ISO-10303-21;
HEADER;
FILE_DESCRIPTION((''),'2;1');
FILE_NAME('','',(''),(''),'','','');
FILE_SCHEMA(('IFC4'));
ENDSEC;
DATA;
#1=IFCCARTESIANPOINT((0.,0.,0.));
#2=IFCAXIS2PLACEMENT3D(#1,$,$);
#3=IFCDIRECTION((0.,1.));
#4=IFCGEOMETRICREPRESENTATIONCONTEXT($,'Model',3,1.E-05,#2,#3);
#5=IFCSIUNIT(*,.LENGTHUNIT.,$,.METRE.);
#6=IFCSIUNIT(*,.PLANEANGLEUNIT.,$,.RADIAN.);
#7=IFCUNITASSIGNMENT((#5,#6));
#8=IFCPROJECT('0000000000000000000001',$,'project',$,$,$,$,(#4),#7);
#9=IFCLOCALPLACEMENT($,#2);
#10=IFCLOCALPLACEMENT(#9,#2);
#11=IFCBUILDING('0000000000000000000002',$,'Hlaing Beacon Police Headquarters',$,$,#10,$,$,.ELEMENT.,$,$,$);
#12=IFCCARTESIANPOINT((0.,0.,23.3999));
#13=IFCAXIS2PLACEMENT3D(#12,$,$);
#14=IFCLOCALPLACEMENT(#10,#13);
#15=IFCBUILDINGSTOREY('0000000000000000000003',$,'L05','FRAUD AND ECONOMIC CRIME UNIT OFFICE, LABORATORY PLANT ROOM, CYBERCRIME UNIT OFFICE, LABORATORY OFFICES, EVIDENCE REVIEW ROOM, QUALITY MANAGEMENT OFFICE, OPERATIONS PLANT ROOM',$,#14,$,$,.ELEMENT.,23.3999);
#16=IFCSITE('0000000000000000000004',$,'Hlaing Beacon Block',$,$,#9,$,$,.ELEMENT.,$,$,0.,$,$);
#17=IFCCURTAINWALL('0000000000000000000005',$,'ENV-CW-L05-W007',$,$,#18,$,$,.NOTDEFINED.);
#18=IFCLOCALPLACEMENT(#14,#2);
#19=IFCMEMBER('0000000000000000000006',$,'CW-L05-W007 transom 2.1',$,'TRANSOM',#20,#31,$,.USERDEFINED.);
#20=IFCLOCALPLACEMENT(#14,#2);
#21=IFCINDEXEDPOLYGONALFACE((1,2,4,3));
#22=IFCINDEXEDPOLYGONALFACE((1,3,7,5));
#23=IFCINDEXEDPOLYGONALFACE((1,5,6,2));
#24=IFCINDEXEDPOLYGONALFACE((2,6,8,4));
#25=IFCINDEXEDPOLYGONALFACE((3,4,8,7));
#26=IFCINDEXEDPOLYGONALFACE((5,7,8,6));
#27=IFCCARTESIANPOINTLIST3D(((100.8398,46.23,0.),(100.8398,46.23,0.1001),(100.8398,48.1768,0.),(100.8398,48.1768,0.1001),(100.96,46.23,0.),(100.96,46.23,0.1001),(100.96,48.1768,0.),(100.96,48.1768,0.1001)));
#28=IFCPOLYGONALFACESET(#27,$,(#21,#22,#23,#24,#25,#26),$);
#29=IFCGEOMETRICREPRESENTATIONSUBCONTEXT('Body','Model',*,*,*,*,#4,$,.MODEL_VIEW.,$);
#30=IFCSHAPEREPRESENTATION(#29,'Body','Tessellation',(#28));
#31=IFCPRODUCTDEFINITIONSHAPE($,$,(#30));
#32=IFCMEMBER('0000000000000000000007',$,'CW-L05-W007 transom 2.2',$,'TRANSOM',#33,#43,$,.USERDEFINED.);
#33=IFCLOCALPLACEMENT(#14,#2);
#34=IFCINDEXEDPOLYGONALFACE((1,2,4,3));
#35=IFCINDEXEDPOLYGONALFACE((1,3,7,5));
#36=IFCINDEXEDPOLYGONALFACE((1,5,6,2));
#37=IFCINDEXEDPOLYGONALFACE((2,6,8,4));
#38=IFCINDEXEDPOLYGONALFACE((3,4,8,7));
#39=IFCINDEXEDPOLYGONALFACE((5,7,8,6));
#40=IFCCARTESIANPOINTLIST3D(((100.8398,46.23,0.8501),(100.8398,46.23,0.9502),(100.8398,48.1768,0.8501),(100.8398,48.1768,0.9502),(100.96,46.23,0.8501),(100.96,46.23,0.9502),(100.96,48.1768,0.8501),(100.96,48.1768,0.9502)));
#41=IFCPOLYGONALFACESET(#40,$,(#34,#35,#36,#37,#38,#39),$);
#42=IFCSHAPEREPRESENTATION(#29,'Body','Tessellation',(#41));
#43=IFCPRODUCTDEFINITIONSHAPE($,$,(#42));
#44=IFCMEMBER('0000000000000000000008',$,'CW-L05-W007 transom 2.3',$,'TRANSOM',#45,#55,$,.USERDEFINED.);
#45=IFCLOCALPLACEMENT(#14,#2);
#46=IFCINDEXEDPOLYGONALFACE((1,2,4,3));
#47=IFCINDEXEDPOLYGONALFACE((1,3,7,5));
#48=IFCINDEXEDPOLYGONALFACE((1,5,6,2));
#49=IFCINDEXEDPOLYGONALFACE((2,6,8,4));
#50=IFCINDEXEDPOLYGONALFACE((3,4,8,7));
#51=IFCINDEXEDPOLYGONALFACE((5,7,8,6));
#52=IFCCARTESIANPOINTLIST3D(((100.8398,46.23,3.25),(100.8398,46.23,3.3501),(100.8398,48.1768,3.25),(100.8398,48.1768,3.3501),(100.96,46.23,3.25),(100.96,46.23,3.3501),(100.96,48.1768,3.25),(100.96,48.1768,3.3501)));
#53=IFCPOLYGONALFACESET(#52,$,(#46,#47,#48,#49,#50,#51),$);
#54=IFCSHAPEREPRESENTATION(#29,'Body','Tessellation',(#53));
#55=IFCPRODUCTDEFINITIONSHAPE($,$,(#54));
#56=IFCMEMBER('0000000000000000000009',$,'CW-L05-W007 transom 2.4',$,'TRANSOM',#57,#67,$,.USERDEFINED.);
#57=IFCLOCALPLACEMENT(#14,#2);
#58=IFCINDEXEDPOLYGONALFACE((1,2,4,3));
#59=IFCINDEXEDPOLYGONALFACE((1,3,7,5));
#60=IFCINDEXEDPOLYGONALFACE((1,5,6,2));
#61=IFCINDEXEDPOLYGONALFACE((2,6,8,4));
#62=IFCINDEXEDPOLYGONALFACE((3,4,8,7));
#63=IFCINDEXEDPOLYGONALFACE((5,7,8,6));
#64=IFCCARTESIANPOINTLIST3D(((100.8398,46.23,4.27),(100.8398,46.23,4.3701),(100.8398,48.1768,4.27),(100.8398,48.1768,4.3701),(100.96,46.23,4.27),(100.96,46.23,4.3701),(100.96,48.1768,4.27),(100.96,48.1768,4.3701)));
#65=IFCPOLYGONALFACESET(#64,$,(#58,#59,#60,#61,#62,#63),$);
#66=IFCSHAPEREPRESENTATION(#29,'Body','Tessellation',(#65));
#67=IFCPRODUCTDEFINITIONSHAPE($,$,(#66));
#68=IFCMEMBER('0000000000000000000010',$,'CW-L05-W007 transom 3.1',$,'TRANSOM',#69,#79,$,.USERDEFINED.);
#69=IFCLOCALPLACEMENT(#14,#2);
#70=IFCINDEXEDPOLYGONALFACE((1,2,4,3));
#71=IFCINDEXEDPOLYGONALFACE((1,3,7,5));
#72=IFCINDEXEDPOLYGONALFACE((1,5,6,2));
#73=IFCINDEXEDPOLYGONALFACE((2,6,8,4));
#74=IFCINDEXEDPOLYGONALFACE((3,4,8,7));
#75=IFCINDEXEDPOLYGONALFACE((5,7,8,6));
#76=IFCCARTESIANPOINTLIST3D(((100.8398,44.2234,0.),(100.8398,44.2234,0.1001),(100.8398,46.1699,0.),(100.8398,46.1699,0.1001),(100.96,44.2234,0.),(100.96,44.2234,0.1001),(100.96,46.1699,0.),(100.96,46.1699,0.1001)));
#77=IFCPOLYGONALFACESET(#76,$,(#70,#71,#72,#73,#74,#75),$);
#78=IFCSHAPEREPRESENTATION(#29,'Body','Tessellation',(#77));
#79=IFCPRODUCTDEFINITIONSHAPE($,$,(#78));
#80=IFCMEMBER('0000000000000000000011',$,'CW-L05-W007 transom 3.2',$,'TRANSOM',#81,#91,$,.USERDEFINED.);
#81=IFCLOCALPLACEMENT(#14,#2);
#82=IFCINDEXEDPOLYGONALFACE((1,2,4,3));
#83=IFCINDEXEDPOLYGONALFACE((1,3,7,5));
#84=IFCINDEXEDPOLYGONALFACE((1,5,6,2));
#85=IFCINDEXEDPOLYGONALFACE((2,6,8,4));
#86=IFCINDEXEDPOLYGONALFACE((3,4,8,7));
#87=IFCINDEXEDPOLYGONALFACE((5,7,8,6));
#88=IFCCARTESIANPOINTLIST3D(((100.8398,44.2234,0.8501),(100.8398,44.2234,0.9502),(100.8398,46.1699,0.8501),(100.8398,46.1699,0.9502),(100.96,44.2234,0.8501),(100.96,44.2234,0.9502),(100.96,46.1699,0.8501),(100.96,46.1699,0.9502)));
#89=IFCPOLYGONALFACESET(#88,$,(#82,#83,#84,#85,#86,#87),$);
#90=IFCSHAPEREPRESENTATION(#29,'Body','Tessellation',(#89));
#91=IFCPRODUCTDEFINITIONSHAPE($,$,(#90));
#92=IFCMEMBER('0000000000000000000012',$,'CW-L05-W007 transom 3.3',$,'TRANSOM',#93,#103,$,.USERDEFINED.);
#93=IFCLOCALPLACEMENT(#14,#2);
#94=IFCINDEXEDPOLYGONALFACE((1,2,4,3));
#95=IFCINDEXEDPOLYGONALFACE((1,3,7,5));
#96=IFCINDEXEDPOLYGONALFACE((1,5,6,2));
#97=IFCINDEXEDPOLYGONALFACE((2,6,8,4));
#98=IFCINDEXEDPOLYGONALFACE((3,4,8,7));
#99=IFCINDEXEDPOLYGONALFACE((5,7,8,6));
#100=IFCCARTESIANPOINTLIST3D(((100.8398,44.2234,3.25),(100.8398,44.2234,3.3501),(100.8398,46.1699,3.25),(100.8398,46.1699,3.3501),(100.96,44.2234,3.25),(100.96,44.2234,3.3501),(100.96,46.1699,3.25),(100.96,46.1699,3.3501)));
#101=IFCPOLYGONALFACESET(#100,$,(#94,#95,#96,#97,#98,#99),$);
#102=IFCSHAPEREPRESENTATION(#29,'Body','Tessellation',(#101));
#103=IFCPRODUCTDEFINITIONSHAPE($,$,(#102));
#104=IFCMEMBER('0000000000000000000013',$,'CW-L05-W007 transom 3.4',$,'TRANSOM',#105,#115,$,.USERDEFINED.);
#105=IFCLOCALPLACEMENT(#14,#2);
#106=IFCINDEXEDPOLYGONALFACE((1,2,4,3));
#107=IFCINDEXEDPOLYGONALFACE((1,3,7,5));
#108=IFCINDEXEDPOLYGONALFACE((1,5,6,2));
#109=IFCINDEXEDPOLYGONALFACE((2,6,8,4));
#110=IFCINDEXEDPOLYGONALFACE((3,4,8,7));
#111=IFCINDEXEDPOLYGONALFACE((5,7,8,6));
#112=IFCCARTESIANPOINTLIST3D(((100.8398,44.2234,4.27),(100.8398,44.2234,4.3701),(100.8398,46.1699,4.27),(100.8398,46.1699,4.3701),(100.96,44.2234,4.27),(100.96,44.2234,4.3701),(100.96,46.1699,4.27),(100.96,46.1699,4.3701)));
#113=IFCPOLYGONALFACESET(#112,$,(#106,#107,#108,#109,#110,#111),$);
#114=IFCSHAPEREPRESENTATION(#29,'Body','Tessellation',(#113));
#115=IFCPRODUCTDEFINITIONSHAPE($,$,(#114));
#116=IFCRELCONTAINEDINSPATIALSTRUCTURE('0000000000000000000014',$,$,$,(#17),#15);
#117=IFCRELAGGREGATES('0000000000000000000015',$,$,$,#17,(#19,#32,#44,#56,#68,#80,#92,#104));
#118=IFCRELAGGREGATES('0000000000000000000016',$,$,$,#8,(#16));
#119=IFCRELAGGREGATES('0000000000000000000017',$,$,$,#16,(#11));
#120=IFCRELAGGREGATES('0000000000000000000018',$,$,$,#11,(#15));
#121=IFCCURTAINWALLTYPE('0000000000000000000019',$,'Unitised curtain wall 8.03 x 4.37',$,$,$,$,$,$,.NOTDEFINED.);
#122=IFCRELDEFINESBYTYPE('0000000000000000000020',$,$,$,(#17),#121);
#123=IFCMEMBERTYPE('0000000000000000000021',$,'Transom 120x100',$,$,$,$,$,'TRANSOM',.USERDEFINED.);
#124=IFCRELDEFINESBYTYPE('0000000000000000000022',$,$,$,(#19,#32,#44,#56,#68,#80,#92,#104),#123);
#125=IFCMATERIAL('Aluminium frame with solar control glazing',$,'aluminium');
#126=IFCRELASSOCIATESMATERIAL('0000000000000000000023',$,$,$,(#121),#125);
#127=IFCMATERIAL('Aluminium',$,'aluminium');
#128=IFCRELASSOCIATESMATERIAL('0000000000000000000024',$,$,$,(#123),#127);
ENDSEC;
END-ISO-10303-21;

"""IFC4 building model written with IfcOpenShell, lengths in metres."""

from ifc_helpers import new_model, si_unit, direction, frame, origin, origin_2d, place, context, subcontext, project, spatial, rectangle, extrude, material, material_profile, profile_set, type_object, element, aggregate, save


model = new_model("IFC4")

# Units and contexts
model_context = context("Model", 3, precision=1e-05, world=origin(), true_north=direction((0.0, 1.0)))
body_context = subcontext(model_context, "Body", "Model", "MODEL_VIEW")
ifc_project = project(units=[si_unit("LENGTHUNIT", "METRE"), si_unit("PLANEANGLEUNIT", "RADIAN")], contexts=[model_context])

# Site, building, storey
site_placement = place(None, origin())
site = spatial("IfcSite", under=ifc_project, at=site_placement, Name="Hlaing Beacon Block", CompositionType="ELEMENT", RefElevation=0.0)
building_placement = place(site_placement, origin())
building = spatial("IfcBuilding", under=site, at=building_placement, Name="Hlaing Beacon Police Headquarters", CompositionType="ELEMENT")
storey_placement = place(building_placement, frame((0.0, 0.0, 23.3999)))
storey = spatial("IfcBuildingStorey", under=building, at=storey_placement, Name="L05", Description="FRAUD AND ECONOMIC CRIME UNIT OFFICE, LABORATORY PLANT ROOM, CYBERCRIME UNIT OFFICE, LABORATORY OFFICES, EVIDENCE REVIEW ROOM, QUALITY MANAGEMENT OFFICE, OPERATIONS PLANT ROOM", CompositionType="ELEMENT", Elevation=23.3999)

# Curtain wall
ifc_material_1 = material(Name="Aluminium frame with solar control glazing", Category="aluminium")
curtain_wall_type = type_object("IfcCurtainWallType", Name="Unitised curtain wall 8.03 x 4.37", PredefinedType="NOTDEFINED", material=ifc_material_1)
curtain_wall_1_placement = place(storey_placement, origin())
curtain_wall_1 = element("IfcCurtainWall", 1, at=curtain_wall_1_placement, inside=storey, type_object=curtain_wall_type, Name="ENV-CW-L05-W007", PredefinedType="NOTDEFINED")

# Members
ifc_material_2 = material(Name="Aluminium", Category="aluminium")
ifc_material_profile_1 = material_profile(ifc_material_2, rectangle(XDim=0.1201, YDim=0.1001, at=origin_2d()), Name="Transom 120x100")
ifc_profile_set_1 = profile_set([ifc_material_profile_1], Name="Aluminium")
member_type_1 = type_object("IfcMemberType", Name="Transom 120x100", ElementType="TRANSOM", PredefinedType="USERDEFINED", material=ifc_profile_set_1)
member_1_placement = place(storey_placement, frame((100.8999, 48.1768, 0.05), z_axis=(0.0, -1.0, 0.0), x_axis=(1.0, 0.0, 0.0)))
member_1 = element("IfcMember", 2, at=member_1_placement, type_object=member_type_1, Name="CW-L05-W007 transom 2.1", ObjectType="TRANSOM", PredefinedType="USERDEFINED", context=body_context, shape_type="SweptSolid", body=[
    extrude(rectangle(XDim=0.1201, YDim=0.1001, at=origin_2d()), origin(), (0.0, 0.0, 1.0), 1.9468),
])
member_2_placement = place(storey_placement, frame((100.8999, 48.1768, 0.9001), z_axis=(0.0, -1.0, 0.0), x_axis=(1.0, 0.0, 0.0)))
member_2 = element("IfcMember", 3, at=member_2_placement, type_object=member_type_1, Name="CW-L05-W007 transom 2.2", ObjectType="TRANSOM", PredefinedType="USERDEFINED", context=body_context, shape_type="SweptSolid", body=[
    extrude(rectangle(XDim=0.1201, YDim=0.1001, at=origin_2d()), origin(), (0.0, 0.0, 1.0), 1.9468),
])
member_3_placement = place(storey_placement, frame((100.8999, 48.1768, 3.3), z_axis=(0.0, -1.0, 0.0), x_axis=(1.0, 0.0, 0.0)))
member_3 = element("IfcMember", 4, at=member_3_placement, type_object=member_type_1, Name="CW-L05-W007 transom 2.3", ObjectType="TRANSOM", PredefinedType="USERDEFINED", context=body_context, shape_type="SweptSolid", body=[
    extrude(rectangle(XDim=0.1201, YDim=0.1001, at=origin_2d()), origin(), (0.0, 0.0, 1.0), 1.9468),
])
member_4_placement = place(storey_placement, frame((100.8999, 48.1768, 4.3201), z_axis=(0.0, -1.0, 0.0), x_axis=(1.0, 0.0, 0.0)))
member_4 = element("IfcMember", 5, at=member_4_placement, type_object=member_type_1, Name="CW-L05-W007 transom 2.4", ObjectType="TRANSOM", PredefinedType="USERDEFINED", context=body_context, shape_type="SweptSolid", body=[
    extrude(rectangle(XDim=0.1201, YDim=0.1001, at=origin_2d()), origin(), (0.0, 0.0, 1.0), 1.9468),
])
member_5_placement = place(storey_placement, frame((100.8999, 46.1699, 0.05), z_axis=(0.0, -1.0, 0.0), x_axis=(1.0, 0.0, 0.0)))
member_5 = element("IfcMember", 6, at=member_5_placement, type_object=member_type_1, Name="CW-L05-W007 transom 3.1", ObjectType="TRANSOM", PredefinedType="USERDEFINED", context=body_context, shape_type="SweptSolid", body=[
    extrude(rectangle(XDim=0.1201, YDim=0.1001, at=origin_2d()), origin(), (0.0, 0.0, 1.0), 1.9465),
])
member_6_placement = place(storey_placement, frame((100.8999, 46.1699, 0.9001), z_axis=(0.0, -1.0, 0.0), x_axis=(1.0, 0.0, 0.0)))
member_6 = element("IfcMember", 7, at=member_6_placement, type_object=member_type_1, Name="CW-L05-W007 transom 3.2", ObjectType="TRANSOM", PredefinedType="USERDEFINED", context=body_context, shape_type="SweptSolid", body=[
    extrude(rectangle(XDim=0.1201, YDim=0.1001, at=origin_2d()), origin(), (0.0, 0.0, 1.0), 1.9465),
])
member_7_placement = place(storey_placement, frame((100.8999, 46.1699, 3.3), z_axis=(0.0, -1.0, 0.0), x_axis=(1.0, 0.0, 0.0)))
member_7 = element("IfcMember", 8, at=member_7_placement, type_object=member_type_1, Name="CW-L05-W007 transom 3.3", ObjectType="TRANSOM", PredefinedType="USERDEFINED", context=body_context, shape_type="SweptSolid", body=[
    extrude(rectangle(XDim=0.1201, YDim=0.1001, at=origin_2d()), origin(), (0.0, 0.0, 1.0), 1.9465),
])
member_8_placement = place(storey_placement, frame((100.8999, 46.1699, 4.3201), z_axis=(0.0, -1.0, 0.0), x_axis=(1.0, 0.0, 0.0)))
member_8 = element("IfcMember", 9, at=member_8_placement, type_object=member_type_1, Name="CW-L05-W007 transom 3.4", ObjectType="TRANSOM", PredefinedType="USERDEFINED", context=body_context, shape_type="SweptSolid", body=[
    extrude(rectangle(XDim=0.1201, YDim=0.1001, at=origin_2d()), origin(), (0.0, 0.0, 1.0), 1.9465),
])
aggregate(curtain_wall_1, [member_1, member_2, member_3, member_4, member_5, member_6, member_7, member_8])

save(model, "model.ifc")
